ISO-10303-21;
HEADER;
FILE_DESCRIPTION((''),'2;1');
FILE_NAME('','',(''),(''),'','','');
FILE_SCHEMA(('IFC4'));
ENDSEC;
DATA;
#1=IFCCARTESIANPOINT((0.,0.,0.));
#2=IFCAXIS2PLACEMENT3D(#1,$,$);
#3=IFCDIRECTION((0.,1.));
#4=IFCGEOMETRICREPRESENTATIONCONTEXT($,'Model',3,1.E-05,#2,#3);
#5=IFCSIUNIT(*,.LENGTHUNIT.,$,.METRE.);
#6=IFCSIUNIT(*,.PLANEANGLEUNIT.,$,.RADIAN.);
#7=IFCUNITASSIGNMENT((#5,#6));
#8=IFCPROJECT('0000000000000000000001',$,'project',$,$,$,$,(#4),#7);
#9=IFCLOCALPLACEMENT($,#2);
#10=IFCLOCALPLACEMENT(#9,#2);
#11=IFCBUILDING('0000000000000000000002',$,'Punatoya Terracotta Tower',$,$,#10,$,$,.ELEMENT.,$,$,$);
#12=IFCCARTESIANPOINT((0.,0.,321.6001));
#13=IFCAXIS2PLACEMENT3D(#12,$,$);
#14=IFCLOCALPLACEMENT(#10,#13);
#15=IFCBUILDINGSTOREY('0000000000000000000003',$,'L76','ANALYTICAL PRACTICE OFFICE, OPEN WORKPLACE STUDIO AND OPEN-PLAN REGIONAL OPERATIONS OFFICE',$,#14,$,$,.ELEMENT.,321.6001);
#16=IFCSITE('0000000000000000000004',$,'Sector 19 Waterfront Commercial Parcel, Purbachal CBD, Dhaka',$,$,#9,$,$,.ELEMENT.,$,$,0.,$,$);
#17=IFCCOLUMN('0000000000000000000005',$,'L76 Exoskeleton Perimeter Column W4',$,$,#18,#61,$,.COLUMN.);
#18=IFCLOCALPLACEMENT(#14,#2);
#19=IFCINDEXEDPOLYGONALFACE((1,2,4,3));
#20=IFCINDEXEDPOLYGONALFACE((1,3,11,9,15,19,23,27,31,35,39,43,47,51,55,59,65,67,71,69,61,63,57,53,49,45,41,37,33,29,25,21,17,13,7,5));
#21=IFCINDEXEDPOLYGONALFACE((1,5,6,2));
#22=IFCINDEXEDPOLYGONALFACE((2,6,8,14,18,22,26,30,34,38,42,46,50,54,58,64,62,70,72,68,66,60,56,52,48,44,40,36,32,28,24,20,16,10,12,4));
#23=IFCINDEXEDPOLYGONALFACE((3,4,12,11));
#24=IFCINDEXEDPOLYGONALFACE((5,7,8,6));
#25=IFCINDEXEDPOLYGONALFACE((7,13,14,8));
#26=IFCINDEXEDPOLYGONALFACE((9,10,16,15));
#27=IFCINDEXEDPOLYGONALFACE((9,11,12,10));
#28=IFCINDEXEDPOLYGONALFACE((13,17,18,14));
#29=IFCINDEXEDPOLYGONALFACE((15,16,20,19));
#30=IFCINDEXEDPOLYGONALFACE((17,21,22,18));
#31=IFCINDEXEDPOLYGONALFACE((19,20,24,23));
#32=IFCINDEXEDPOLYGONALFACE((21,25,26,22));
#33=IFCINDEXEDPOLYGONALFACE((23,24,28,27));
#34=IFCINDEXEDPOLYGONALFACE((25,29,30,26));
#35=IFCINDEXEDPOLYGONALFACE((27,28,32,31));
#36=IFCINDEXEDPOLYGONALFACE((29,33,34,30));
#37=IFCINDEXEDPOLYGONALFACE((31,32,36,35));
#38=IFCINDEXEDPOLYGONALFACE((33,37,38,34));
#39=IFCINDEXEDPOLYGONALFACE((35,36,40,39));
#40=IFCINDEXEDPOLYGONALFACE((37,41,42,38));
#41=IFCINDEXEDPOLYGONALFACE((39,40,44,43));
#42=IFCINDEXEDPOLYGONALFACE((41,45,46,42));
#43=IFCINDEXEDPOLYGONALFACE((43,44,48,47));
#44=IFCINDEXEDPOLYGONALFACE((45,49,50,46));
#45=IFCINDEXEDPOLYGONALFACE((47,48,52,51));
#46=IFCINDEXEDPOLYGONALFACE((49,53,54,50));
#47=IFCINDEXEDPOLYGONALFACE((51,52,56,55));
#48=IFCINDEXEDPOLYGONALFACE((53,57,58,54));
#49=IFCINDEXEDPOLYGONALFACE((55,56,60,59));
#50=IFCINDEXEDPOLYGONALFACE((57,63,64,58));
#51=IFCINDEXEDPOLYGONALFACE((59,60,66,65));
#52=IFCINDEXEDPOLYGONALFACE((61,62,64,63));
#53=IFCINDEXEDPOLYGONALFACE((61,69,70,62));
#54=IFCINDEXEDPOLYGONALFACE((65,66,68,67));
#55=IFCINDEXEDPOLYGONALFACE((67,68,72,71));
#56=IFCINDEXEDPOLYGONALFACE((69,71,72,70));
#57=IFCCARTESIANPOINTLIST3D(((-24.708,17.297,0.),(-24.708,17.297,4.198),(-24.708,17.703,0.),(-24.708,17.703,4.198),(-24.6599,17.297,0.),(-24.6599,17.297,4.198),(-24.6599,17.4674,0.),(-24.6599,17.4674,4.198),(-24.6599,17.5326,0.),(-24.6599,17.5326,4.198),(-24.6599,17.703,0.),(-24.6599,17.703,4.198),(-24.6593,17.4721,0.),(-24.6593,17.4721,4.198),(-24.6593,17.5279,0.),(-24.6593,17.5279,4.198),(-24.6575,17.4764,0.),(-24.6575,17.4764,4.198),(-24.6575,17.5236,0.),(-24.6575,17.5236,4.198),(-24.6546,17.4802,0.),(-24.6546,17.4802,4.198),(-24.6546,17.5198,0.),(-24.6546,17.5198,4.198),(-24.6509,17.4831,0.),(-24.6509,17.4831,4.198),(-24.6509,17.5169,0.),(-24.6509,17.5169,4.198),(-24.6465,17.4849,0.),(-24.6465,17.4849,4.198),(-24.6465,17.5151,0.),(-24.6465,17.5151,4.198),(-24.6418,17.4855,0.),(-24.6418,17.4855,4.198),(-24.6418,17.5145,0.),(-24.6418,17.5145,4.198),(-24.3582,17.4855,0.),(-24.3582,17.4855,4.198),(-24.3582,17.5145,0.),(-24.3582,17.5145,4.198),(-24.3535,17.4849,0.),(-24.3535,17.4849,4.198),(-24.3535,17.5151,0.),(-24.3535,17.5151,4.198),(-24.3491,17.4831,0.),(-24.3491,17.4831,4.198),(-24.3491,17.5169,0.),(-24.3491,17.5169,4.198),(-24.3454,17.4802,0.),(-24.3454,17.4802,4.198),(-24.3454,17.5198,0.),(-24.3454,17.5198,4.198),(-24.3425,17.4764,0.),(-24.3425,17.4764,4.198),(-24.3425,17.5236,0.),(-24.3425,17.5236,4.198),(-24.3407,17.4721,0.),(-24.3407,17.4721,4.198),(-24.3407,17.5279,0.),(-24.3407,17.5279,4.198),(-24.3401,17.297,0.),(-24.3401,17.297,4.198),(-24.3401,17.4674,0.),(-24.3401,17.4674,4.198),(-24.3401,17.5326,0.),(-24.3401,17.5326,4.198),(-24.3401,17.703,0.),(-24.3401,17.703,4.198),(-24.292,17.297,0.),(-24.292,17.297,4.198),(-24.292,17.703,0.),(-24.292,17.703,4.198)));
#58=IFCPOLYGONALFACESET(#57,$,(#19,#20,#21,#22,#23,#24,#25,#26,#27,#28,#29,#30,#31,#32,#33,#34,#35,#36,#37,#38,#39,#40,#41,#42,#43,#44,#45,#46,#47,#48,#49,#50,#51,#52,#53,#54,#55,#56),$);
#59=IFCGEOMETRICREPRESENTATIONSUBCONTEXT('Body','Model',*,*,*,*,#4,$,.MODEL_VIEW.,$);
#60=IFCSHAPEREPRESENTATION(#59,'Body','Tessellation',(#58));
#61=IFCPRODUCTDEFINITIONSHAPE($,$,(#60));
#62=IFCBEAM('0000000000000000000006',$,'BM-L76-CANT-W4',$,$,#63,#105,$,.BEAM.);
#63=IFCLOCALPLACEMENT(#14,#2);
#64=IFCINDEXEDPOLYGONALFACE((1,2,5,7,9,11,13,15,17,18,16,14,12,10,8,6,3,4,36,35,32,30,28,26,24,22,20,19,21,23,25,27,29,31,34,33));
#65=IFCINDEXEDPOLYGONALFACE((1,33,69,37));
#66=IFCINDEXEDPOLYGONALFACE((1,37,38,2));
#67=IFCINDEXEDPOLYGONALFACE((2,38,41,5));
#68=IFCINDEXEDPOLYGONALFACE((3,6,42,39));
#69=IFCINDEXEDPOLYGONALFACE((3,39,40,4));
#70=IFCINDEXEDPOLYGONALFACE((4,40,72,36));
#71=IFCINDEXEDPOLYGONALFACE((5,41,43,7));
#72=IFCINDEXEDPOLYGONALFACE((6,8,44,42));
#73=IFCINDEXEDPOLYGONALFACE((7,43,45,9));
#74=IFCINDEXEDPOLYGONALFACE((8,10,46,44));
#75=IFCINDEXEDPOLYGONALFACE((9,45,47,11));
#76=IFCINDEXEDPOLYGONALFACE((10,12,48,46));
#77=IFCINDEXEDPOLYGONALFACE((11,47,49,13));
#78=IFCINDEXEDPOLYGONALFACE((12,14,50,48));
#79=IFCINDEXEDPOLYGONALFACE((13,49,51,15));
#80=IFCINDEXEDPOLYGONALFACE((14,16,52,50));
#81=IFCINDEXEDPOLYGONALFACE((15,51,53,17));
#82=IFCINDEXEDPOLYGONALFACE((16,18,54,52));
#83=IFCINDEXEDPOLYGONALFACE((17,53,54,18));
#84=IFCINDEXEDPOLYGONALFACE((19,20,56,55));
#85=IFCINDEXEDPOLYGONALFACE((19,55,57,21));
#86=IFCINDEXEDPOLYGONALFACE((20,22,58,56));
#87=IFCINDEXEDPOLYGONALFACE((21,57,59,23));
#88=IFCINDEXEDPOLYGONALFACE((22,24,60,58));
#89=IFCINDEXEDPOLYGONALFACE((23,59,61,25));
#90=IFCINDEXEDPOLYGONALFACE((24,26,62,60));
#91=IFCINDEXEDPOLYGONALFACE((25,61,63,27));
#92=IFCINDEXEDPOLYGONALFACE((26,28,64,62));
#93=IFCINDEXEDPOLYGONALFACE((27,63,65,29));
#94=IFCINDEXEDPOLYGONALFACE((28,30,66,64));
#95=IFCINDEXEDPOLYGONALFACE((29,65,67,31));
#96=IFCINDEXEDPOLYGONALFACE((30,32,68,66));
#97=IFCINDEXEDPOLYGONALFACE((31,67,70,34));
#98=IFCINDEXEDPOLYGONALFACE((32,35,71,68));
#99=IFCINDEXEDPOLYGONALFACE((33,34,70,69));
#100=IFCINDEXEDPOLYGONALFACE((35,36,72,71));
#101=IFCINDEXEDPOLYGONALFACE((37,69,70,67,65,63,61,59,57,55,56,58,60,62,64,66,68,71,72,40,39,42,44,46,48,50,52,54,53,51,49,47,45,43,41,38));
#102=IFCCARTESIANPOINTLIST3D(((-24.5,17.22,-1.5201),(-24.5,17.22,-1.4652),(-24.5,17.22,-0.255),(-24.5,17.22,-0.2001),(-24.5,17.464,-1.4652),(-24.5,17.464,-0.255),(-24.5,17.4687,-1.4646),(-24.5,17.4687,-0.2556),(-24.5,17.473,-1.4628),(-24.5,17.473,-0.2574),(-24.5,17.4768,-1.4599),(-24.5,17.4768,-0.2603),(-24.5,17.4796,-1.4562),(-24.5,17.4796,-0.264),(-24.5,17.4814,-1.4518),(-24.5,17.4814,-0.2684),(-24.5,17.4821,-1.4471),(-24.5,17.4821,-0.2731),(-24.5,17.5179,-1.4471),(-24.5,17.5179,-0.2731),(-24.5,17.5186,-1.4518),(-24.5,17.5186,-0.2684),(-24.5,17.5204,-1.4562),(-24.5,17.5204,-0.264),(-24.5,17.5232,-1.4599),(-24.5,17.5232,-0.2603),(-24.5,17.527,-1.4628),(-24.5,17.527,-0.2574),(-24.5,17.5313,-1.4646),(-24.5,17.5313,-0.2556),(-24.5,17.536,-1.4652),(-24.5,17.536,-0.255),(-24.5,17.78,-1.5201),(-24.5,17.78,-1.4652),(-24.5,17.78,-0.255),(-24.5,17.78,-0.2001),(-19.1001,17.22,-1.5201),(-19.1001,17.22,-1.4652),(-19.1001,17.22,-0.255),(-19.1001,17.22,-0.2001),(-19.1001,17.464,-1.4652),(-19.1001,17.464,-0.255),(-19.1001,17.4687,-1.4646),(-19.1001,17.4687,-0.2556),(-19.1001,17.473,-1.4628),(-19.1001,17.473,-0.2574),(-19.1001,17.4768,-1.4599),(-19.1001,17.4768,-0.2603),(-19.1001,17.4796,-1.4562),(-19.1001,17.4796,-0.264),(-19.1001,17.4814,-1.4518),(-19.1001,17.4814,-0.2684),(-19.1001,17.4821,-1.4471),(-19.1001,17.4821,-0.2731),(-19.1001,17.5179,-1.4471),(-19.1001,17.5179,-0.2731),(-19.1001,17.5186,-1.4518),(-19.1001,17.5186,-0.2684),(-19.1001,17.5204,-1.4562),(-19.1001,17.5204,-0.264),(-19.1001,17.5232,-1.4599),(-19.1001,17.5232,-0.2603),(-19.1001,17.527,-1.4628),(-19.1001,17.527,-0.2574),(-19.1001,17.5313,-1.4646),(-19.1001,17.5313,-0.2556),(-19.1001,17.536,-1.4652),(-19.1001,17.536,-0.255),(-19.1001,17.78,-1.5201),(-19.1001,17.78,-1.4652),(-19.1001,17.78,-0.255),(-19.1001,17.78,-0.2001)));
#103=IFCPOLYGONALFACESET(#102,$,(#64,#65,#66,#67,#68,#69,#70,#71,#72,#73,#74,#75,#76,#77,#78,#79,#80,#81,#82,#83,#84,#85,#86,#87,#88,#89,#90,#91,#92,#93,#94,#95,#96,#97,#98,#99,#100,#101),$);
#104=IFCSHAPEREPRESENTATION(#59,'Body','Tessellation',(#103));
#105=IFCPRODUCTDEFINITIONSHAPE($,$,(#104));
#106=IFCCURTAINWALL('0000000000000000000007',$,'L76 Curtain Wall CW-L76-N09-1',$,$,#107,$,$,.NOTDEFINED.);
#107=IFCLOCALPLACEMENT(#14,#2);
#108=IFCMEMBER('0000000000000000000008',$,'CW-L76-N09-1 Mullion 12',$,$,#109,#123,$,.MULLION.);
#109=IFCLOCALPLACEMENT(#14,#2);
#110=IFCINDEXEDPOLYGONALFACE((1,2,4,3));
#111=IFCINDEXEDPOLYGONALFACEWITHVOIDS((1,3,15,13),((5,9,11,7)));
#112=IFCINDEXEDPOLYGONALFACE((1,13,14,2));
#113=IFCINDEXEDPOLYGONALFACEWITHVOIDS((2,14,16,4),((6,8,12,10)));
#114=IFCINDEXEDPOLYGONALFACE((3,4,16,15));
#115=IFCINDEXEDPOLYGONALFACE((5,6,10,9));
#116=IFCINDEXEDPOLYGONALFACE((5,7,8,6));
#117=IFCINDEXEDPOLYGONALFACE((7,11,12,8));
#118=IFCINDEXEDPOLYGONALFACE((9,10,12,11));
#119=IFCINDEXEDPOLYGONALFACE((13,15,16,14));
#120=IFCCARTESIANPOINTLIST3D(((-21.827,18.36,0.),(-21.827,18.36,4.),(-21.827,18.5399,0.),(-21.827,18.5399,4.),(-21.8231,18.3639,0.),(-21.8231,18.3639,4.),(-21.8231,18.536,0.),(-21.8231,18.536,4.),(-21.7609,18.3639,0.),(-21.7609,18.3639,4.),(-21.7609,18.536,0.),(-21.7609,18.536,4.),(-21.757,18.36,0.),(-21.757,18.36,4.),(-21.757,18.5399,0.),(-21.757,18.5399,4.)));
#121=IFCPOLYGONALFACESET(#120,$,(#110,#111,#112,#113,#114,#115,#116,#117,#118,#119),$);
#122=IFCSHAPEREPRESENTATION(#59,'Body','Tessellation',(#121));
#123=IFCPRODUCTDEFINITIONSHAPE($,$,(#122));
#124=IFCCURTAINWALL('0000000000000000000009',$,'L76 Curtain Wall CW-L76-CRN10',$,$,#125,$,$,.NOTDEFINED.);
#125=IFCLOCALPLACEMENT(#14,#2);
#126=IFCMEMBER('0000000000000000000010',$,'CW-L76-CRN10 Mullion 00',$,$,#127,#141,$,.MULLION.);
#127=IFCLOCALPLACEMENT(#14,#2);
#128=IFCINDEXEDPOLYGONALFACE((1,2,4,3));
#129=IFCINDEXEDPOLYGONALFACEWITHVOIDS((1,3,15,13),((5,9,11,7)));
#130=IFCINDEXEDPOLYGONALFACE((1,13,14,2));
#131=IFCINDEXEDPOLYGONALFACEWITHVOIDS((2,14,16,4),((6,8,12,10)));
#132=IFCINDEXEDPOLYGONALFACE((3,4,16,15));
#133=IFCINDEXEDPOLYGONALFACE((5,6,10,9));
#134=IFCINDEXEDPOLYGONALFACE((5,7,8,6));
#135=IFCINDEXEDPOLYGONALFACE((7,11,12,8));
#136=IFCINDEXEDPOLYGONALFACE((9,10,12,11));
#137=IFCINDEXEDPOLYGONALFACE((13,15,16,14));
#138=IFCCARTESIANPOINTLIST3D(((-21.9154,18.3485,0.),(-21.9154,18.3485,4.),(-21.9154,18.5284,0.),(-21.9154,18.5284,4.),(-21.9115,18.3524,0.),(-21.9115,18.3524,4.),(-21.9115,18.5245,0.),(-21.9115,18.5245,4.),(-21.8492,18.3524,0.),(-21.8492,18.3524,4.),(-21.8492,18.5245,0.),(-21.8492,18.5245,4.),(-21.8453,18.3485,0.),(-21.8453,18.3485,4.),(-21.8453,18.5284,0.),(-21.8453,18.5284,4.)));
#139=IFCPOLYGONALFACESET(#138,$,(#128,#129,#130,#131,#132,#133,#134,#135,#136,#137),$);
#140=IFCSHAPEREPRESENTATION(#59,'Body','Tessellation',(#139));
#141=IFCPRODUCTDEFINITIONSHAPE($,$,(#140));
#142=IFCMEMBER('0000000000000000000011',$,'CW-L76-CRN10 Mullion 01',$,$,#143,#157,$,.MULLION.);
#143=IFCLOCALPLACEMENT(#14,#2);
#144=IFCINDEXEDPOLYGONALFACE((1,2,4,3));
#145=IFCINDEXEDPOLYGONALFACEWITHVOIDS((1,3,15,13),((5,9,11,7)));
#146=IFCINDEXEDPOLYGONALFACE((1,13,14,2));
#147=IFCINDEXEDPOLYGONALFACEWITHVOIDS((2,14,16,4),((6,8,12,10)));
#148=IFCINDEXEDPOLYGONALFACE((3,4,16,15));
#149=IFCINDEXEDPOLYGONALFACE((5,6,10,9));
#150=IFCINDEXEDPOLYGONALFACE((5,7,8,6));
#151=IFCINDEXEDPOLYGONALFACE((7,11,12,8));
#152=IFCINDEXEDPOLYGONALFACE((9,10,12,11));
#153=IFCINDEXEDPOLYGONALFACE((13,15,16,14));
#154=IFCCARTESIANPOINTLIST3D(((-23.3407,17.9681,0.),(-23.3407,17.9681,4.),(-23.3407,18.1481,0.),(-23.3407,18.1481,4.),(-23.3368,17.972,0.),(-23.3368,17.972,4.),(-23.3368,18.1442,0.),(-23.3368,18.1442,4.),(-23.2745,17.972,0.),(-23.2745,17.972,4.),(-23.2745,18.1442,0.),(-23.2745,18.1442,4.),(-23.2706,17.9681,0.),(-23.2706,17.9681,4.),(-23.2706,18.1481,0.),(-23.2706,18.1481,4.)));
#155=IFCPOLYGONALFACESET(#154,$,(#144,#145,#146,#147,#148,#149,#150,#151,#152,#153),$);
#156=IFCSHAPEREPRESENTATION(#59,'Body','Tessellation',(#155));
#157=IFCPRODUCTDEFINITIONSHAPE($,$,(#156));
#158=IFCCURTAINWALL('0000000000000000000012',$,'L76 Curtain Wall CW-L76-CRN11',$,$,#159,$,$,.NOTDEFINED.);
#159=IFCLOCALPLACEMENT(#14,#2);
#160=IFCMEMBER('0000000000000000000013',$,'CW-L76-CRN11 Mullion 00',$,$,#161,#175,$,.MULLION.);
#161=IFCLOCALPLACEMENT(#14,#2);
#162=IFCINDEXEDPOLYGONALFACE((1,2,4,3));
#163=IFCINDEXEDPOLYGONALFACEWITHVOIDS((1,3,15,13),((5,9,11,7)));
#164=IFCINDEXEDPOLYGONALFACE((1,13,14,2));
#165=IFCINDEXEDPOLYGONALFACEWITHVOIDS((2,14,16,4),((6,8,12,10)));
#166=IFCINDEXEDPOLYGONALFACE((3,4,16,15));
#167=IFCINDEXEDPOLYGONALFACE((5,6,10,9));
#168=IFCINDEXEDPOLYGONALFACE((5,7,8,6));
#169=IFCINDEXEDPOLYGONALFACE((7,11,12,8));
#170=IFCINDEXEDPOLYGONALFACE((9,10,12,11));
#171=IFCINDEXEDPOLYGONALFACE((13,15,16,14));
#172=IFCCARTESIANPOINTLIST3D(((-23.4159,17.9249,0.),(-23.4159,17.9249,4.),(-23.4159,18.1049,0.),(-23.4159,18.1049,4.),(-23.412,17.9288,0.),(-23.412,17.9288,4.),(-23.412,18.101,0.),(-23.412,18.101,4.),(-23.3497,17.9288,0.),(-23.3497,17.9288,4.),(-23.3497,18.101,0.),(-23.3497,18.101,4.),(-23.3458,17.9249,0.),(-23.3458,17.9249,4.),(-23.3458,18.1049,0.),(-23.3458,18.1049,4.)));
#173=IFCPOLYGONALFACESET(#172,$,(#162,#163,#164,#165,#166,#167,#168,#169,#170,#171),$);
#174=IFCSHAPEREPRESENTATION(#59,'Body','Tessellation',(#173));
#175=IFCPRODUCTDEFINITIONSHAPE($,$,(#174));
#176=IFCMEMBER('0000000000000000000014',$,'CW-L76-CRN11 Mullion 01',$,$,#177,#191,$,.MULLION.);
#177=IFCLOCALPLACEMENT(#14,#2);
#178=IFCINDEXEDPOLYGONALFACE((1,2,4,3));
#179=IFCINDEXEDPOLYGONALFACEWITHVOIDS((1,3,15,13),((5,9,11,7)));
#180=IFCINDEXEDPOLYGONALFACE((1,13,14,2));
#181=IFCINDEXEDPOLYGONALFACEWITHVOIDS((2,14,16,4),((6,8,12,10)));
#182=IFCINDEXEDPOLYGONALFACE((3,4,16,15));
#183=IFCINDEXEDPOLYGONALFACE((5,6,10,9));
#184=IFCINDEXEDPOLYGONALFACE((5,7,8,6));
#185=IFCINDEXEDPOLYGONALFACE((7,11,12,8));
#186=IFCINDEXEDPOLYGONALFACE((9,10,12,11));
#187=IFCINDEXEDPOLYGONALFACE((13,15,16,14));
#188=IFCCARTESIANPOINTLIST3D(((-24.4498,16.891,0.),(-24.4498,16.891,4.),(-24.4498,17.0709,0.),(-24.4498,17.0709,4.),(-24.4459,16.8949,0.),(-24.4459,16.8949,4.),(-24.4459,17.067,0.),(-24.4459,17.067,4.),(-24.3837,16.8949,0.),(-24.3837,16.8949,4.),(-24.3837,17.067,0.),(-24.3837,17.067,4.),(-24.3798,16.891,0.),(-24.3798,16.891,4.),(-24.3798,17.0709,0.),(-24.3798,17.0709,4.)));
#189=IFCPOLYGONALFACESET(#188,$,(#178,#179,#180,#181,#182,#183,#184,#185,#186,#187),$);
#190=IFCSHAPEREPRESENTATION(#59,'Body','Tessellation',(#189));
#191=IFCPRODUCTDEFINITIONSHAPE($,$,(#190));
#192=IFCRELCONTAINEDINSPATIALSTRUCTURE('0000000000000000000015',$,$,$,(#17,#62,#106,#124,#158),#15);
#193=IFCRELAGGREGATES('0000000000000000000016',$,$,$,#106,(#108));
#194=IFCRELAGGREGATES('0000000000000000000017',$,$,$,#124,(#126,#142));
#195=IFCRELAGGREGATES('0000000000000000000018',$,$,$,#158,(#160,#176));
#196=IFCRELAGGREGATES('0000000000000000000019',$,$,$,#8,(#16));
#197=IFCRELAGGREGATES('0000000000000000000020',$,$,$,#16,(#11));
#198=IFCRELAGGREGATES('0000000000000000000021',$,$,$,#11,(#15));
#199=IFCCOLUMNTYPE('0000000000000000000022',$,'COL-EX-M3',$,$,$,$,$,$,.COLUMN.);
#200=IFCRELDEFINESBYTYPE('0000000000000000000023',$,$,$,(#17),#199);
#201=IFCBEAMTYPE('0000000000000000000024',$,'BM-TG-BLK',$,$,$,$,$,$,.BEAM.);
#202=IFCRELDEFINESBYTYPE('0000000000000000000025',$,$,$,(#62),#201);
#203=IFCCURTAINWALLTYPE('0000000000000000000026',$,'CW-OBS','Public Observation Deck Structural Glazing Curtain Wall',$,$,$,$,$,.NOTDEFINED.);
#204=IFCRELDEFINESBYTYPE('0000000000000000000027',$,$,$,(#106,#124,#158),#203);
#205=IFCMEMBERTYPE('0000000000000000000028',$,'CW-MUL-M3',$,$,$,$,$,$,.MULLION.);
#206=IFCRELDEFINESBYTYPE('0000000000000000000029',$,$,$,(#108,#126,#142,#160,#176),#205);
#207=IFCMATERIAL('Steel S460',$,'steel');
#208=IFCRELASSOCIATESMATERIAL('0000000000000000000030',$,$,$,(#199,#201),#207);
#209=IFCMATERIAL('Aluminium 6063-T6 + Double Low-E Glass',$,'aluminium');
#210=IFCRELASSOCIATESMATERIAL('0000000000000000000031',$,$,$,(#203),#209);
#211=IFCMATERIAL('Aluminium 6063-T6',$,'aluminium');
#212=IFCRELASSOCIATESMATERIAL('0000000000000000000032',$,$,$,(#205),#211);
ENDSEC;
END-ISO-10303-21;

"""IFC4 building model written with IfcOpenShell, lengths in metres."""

from ifc_helpers import new_model, si_unit, direction, frame, origin, origin_2d, place, context, subcontext, project, spatial, hollow_rectangle, i_section, extrude, material, material_profile, profile_set, type_object, element, aggregate, save


model = new_model("IFC4")

# Units and contexts
model_context = context("Model", 3, precision=1e-05, world=origin(), true_north=direction((0.0, 1.0)))
body_context = subcontext(model_context, "Body", "Model", "MODEL_VIEW")
ifc_project = project(units=[si_unit("LENGTHUNIT", "METRE"), si_unit("PLANEANGLEUNIT", "RADIAN")], contexts=[model_context])

# Site, building, storey
site_placement = place(None, origin())
site = spatial("IfcSite", under=ifc_project, at=site_placement, Name="Sector 19 Waterfront Commercial Parcel, Purbachal CBD, Dhaka", CompositionType="ELEMENT", RefElevation=0.0)
building_placement = place(site_placement, origin())
building = spatial("IfcBuilding", under=site, at=building_placement, Name="Punatoya Terracotta Tower", CompositionType="ELEMENT")
storey_placement = place(building_placement, frame((0.0, 0.0, 321.6001)))
storey = spatial("IfcBuildingStorey", under=building, at=storey_placement, Name="L76", Description="ANALYTICAL PRACTICE OFFICE, OPEN WORKPLACE STUDIO AND OPEN-PLAN REGIONAL OPERATIONS OFFICE", CompositionType="ELEMENT", Elevation=321.6001)

# Column
ifc_material_1 = material(Name="Steel S460", Category="steel")
ifc_material_profile_1 = material_profile(ifc_material_1, i_section(OverallWidth=0.406, OverallDepth=0.416, WebThickness=0.0291, FlangeThickness=0.0481, FilletRadius=0.0181, at=origin_2d()))
ifc_profile_set_1 = profile_set([ifc_material_profile_1], Name="Steel S460")
column_type = type_object("IfcColumnType", Name="COL-EX-M3", PredefinedType="COLUMN", material=ifc_profile_set_1)
column_placement = place(storey_placement, frame((-24.5, 17.5, 0.0), z_axis=(0.0, 0.0, 1.0), x_axis=(0.0, 1.0, 0.0)))
element("IfcColumn", 1, at=column_placement, inside=storey, type_object=column_type, Name="L76 Exoskeleton Perimeter Column W4", PredefinedType="COLUMN", context=body_context, shape_type="SweptSolid", body=[
    extrude(i_section(OverallWidth=0.406, OverallDepth=0.416, WebThickness=0.0291, FlangeThickness=0.0481, FilletRadius=0.0181, at=origin_2d()), origin(), (0.0, 0.0, 1.0), 4.198),
])

# Beam
ifc_material_profile_2 = material_profile(ifc_material_1, i_section(OverallWidth=0.5601, OverallDepth=1.3201, WebThickness=0.0359, FlangeThickness=0.0549, FilletRadius=0.0181, at=origin_2d()))
ifc_profile_set_2 = profile_set([ifc_material_profile_2], Name="Steel S460")
beam_type = type_object("IfcBeamType", Name="BM-TG-BLK", PredefinedType="BEAM", material=ifc_profile_set_2)
beam_placement = place(storey_placement, frame((-24.5, 17.5, -0.8601), z_axis=(1.0, 0.0, 0.0), x_axis=(0.0, 1.0, 0.0)))
element("IfcBeam", 2, at=beam_placement, inside=storey, type_object=beam_type, Name="BM-L76-CANT-W4", PredefinedType="BEAM", context=body_context, shape_type="SweptSolid", body=[
    extrude(i_section(OverallWidth=0.5601, OverallDepth=1.3201, WebThickness=0.0359, FlangeThickness=0.0549, FilletRadius=0.0181, at=origin_2d()), origin(), (0.0, 0.0, 1.0), 5.3999),
])

# Curtain wall, member
ifc_material_2 = material(Name="Aluminium 6063-T6 + Double Low-E Glass", Category="aluminium")
curtain_wall_type = type_object("IfcCurtainWallType", Name="CW-OBS", Description="Public Observation Deck Structural Glazing Curtain Wall", PredefinedType="NOTDEFINED", material=ifc_material_2)
curtain_wall_1_placement = place(storey_placement, origin())
curtain_wall_1 = element("IfcCurtainWall", 3, at=curtain_wall_1_placement, inside=storey, type_object=curtain_wall_type, Name="L76 Curtain Wall CW-L76-N09-1", PredefinedType="NOTDEFINED")
ifc_material_3 = material(Name="Aluminium 6063-T6", Category="aluminium")
ifc_material_profile_3 = material_profile(ifc_material_3, hollow_rectangle(XDim=0.0701, YDim=0.1799, WallThickness=0.0039, at=origin_2d()))
ifc_profile_set_3 = profile_set([ifc_material_profile_3], Name="Aluminium 6063-T6")
member_type_1 = type_object("IfcMemberType", Name="CW-MUL-M3", PredefinedType="MULLION", material=ifc_profile_set_3)
member_1_placement = place(storey_placement, frame((-21.792, 18.45, 0.0), z_axis=(0.0, 0.0, 1.0), x_axis=(1.0, 0.0, 0.0)))
member_1 = element("IfcMember", 4, at=member_1_placement, type_object=member_type_1, Name="CW-L76-N09-1 Mullion 12", PredefinedType="MULLION", context=body_context, shape_type="SweptSolid", body=[
    extrude(hollow_rectangle(XDim=0.0701, YDim=0.1799, WallThickness=0.0039, at=origin_2d()), origin(), (0.0, 0.0, 1.0), 4.0),
])

# Curtain walls, members
curtain_wall_2_placement = place(storey_placement, origin())
curtain_wall_2 = element("IfcCurtainWall", 5, at=curtain_wall_2_placement, inside=storey, type_object=curtain_wall_type, Name="L76 Curtain Wall CW-L76-CRN10", PredefinedType="NOTDEFINED")
member_2_placement = place(storey_placement, frame((-21.8804, 18.4385, 0.0), z_axis=(0.0, 0.0, 1.0), x_axis=(1.0, 0.0, 0.0)))
member_2 = element("IfcMember", 6, at=member_2_placement, type_object=member_type_1, Name="CW-L76-CRN10 Mullion 00", PredefinedType="MULLION", context=body_context, shape_type="SweptSolid", body=[
    extrude(hollow_rectangle(XDim=0.0701, YDim=0.1799, WallThickness=0.0039, at=origin_2d()), origin(), (0.0, 0.0, 1.0), 4.0),
])
member_3_placement = place(storey_placement, frame((-23.3057, 18.0581, 0.0), z_axis=(0.0, 0.0, 1.0), x_axis=(1.0, 0.0, 0.0)))
member_3 = element("IfcMember", 7, at=member_3_placement, type_object=member_type_1, Name="CW-L76-CRN10 Mullion 01", PredefinedType="MULLION", context=body_context, shape_type="SweptSolid", body=[
    extrude(hollow_rectangle(XDim=0.0701, YDim=0.1799, WallThickness=0.0039, at=origin_2d()), origin(), (0.0, 0.0, 1.0), 4.0),
])
curtain_wall_3_placement = place(storey_placement, origin())
curtain_wall_3 = element("IfcCurtainWall", 8, at=curtain_wall_3_placement, inside=storey, type_object=curtain_wall_type, Name="L76 Curtain Wall CW-L76-CRN11", PredefinedType="NOTDEFINED")
member_4_placement = place(storey_placement, frame((-23.3809, 18.0149, 0.0), z_axis=(0.0, 0.0, 1.0), x_axis=(1.0, 0.0, 0.0)))
member_4 = element("IfcMember", 9, at=member_4_placement, type_object=member_type_1, Name="CW-L76-CRN11 Mullion 00", PredefinedType="MULLION", context=body_context, shape_type="SweptSolid", body=[
    extrude(hollow_rectangle(XDim=0.0701, YDim=0.1799, WallThickness=0.0039, at=origin_2d()), origin(), (0.0, 0.0, 1.0), 4.0),
])
member_5_placement = place(storey_placement, frame((-24.4148, 16.981, 0.0), z_axis=(0.0, 0.0, 1.0), x_axis=(1.0, 0.0, 0.0)))
member_5 = element("IfcMember", 10, at=member_5_placement, type_object=member_type_1, Name="CW-L76-CRN11 Mullion 01", PredefinedType="MULLION", context=body_context, shape_type="SweptSolid", body=[
    extrude(hollow_rectangle(XDim=0.0701, YDim=0.1799, WallThickness=0.0039, at=origin_2d()), origin(), (0.0, 0.0, 1.0), 4.0),
])

aggregate(curtain_wall_1, [member_1])
aggregate(curtain_wall_2, [member_2, member_3])
aggregate(curtain_wall_3, [member_4, member_5])

save(model, "model.ifc")
